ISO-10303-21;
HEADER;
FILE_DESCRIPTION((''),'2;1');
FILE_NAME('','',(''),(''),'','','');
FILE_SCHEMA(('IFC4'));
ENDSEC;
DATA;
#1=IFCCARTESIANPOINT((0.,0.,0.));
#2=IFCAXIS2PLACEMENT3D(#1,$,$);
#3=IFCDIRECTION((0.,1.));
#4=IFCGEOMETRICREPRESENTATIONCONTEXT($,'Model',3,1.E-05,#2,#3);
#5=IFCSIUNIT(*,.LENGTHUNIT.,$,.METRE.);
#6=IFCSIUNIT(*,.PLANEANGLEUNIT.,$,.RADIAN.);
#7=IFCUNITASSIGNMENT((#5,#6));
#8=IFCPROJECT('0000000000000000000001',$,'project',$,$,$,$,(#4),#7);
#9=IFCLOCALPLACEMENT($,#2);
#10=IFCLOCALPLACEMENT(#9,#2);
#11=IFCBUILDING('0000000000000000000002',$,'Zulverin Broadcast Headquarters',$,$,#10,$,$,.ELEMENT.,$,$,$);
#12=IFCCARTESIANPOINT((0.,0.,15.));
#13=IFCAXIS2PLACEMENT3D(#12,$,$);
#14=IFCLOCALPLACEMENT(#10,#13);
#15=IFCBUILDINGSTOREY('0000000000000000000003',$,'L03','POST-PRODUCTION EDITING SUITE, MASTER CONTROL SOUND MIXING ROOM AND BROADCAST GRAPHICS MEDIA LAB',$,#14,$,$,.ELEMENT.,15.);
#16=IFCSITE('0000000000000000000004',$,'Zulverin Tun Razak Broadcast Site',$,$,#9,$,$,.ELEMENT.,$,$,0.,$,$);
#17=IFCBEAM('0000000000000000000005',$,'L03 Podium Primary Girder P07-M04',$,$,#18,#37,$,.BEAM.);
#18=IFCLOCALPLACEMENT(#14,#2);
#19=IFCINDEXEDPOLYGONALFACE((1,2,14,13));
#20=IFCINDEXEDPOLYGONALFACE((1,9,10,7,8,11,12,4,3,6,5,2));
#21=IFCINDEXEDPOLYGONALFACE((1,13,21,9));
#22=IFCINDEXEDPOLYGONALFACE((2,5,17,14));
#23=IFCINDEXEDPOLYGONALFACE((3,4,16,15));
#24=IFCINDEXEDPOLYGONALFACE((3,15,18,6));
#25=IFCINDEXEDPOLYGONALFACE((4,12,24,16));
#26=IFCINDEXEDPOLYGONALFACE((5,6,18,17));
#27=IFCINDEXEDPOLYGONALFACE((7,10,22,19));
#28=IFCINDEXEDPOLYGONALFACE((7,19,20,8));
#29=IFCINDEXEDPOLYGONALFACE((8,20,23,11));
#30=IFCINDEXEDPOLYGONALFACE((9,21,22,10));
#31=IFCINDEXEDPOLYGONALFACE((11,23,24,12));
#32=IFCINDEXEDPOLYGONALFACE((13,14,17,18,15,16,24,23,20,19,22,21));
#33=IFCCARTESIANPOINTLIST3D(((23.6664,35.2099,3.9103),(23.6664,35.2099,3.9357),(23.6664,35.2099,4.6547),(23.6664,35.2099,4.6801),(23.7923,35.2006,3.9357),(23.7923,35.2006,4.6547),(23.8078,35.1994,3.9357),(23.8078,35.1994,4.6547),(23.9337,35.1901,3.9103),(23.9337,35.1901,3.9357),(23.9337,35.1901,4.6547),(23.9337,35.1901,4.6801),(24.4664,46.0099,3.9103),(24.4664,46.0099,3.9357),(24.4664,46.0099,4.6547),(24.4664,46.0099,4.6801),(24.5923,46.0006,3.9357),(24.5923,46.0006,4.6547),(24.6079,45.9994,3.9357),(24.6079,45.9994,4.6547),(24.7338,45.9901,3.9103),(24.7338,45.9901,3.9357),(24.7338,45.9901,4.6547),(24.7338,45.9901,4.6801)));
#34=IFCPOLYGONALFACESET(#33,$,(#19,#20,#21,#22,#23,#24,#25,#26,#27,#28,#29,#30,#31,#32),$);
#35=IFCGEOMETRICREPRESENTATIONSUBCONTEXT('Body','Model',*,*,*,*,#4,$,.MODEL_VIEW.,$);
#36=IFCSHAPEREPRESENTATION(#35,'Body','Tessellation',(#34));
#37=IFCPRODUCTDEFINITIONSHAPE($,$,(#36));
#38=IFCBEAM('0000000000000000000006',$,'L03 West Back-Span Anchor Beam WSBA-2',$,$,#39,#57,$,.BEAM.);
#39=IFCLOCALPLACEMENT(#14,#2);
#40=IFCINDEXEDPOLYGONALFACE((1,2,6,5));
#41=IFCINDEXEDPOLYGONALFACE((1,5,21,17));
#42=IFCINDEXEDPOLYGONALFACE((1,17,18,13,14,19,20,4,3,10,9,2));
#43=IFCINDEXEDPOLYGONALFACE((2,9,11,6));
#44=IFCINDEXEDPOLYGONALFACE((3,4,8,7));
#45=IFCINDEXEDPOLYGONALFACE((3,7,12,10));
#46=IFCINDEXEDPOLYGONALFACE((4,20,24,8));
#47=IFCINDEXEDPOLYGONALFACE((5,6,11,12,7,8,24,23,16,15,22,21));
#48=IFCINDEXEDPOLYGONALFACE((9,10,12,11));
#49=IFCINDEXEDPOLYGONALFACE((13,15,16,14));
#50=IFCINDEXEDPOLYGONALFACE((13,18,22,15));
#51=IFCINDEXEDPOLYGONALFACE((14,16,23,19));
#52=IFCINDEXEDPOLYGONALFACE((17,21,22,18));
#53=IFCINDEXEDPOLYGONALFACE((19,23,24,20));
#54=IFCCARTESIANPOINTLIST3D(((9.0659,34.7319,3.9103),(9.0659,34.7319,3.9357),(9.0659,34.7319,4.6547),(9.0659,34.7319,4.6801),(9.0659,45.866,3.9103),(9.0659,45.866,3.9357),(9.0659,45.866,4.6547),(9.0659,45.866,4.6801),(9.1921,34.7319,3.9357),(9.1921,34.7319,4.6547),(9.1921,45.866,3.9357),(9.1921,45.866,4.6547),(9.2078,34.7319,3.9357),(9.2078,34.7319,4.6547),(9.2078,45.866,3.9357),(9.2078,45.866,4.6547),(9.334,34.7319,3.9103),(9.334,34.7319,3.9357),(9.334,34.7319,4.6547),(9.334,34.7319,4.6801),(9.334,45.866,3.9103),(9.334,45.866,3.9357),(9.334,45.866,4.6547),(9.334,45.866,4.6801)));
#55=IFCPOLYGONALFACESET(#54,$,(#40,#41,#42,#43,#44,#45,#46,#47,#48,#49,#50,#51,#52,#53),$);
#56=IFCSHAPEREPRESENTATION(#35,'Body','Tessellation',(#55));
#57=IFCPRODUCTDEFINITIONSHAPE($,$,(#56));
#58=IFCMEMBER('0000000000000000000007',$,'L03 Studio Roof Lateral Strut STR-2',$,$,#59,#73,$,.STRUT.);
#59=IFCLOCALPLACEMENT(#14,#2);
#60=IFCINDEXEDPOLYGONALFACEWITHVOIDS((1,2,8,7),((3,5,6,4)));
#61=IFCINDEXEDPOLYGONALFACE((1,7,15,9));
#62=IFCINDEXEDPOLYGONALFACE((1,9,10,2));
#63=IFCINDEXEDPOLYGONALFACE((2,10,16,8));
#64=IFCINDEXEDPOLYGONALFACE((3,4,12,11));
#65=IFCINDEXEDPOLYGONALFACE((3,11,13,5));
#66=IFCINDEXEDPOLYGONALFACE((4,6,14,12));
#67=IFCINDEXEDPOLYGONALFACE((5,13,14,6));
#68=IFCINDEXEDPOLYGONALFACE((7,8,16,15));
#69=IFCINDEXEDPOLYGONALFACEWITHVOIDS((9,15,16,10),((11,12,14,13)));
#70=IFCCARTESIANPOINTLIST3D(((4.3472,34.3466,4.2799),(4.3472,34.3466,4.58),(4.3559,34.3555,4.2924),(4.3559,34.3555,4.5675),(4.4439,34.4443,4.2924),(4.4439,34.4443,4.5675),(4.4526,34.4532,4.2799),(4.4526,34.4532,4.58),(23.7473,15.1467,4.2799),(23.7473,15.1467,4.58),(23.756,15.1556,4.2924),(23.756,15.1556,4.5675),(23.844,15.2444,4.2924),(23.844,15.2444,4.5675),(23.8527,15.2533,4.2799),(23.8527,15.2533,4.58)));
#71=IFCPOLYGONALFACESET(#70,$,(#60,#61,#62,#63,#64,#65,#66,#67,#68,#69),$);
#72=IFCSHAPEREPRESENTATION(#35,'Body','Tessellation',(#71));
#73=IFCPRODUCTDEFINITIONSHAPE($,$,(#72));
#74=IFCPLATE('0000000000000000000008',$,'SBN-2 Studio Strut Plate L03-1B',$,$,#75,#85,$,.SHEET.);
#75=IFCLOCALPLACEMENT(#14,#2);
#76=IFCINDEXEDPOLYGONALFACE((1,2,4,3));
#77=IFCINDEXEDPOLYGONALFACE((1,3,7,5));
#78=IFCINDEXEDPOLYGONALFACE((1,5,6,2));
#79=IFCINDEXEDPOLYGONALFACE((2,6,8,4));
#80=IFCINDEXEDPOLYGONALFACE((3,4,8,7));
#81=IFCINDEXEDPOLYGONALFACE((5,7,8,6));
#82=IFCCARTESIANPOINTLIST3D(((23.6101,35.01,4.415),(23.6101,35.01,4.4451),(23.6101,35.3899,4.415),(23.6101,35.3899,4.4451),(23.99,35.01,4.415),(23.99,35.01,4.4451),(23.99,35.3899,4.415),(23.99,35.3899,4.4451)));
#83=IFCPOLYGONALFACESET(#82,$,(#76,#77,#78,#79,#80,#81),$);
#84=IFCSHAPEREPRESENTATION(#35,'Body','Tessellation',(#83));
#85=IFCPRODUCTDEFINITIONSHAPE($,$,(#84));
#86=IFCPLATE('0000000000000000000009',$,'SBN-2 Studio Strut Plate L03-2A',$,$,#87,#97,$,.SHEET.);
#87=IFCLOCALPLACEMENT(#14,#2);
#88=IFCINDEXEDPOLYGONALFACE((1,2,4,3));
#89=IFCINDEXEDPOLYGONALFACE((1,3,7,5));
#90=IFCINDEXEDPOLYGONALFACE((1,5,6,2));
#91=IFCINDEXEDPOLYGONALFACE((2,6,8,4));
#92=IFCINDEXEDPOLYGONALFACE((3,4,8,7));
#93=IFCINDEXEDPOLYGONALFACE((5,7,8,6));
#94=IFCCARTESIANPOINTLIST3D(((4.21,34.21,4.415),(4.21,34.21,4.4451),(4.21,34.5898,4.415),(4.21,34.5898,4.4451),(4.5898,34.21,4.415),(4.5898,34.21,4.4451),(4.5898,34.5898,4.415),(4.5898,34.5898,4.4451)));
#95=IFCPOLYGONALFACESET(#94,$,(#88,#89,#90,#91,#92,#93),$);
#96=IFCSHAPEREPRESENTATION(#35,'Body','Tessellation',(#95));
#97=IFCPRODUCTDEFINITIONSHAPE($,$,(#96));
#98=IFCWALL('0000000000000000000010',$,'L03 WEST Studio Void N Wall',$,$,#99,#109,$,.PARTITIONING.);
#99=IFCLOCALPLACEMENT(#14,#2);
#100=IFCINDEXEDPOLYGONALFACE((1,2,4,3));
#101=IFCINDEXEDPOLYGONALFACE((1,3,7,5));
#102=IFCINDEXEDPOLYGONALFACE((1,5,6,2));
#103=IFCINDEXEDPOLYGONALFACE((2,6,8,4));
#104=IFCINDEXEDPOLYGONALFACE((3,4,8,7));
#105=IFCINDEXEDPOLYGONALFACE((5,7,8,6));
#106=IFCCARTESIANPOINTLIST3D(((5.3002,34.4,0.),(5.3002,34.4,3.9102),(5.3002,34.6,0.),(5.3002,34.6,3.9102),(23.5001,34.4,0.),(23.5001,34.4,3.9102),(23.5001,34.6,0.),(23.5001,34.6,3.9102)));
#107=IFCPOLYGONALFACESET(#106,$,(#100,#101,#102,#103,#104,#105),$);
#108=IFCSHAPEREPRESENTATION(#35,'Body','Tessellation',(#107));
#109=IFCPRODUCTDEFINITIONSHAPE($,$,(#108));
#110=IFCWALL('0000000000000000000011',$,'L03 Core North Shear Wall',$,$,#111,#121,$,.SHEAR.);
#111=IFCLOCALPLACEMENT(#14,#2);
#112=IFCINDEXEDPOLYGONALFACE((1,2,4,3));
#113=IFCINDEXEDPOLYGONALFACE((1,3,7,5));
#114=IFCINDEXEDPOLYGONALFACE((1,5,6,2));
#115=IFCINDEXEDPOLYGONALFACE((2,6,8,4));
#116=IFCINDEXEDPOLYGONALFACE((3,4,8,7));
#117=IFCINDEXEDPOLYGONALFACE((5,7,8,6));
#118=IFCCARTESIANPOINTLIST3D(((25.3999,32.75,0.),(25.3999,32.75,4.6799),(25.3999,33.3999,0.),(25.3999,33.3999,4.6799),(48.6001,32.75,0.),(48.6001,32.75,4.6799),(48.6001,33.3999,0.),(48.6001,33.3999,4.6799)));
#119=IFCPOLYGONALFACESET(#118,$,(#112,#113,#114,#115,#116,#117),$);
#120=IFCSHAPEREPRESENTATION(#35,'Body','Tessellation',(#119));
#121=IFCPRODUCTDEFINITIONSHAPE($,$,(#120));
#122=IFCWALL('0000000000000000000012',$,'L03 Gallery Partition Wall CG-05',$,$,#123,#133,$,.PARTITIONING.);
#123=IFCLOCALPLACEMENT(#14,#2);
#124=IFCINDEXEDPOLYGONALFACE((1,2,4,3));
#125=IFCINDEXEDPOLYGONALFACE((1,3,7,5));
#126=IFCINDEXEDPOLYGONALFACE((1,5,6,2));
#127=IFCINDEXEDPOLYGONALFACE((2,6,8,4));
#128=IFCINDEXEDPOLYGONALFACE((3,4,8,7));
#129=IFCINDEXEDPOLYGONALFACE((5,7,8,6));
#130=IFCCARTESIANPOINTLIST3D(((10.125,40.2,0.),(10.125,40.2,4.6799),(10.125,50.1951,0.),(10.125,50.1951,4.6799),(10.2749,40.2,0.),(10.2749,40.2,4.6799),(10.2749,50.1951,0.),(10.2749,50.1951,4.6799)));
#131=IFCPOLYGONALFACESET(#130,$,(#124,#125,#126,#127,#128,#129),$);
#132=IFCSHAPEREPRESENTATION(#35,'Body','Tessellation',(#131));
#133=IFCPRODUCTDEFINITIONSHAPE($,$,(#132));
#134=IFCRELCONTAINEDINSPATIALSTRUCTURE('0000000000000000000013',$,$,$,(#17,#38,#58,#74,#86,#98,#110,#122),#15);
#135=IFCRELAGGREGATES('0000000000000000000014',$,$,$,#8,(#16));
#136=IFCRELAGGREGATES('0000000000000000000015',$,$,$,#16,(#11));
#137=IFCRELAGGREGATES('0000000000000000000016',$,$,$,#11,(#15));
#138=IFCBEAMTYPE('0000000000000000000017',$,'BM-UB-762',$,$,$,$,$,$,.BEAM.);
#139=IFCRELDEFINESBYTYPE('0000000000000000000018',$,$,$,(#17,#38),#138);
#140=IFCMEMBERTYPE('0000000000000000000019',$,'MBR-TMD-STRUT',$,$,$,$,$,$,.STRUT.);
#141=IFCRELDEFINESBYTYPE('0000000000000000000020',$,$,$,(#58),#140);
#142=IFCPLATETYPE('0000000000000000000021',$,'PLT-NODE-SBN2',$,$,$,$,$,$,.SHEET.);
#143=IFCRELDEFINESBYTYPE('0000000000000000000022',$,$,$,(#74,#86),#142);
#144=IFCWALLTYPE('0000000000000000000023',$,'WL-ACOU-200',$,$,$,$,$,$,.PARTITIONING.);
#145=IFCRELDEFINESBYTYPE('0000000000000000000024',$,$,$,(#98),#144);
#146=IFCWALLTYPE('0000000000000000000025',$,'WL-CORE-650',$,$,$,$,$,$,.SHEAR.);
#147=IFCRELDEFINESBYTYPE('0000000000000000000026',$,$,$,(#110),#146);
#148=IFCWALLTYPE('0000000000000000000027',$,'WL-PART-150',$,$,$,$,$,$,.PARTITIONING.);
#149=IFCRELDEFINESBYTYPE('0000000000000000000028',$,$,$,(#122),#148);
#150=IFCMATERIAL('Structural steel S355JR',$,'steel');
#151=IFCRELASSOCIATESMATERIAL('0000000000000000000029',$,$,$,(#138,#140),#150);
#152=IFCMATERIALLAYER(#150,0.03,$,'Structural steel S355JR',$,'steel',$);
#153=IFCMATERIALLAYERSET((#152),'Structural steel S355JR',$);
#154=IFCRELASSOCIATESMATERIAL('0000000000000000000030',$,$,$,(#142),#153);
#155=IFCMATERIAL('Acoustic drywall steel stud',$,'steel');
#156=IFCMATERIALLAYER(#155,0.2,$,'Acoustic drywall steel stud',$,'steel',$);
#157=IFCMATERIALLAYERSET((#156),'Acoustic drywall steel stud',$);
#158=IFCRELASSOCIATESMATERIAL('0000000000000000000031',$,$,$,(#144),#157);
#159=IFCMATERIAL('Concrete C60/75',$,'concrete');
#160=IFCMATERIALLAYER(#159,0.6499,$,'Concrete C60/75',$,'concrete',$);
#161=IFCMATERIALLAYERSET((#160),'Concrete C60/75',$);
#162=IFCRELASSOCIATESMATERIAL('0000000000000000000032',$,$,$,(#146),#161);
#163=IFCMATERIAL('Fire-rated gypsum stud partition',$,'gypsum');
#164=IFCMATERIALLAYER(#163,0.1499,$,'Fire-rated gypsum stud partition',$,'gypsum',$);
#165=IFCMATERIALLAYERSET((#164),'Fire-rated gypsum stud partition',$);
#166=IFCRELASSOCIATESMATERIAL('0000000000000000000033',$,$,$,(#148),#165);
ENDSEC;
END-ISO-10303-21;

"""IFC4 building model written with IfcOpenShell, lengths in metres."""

from ifc_helpers import new_model, si_unit, direction, frame, frame_2d, origin, origin_2d, place, context, subcontext, project, spatial, rectangle, hollow_rectangle, i_section, extrude, material, layer, layer_set, material_profile, profile_set, type_object, element, save


model = new_model("IFC4")

# Units and contexts
model_context = context("Model", 3, precision=1e-05, world=origin(), true_north=direction((0.0, 1.0)))
body_context = subcontext(model_context, "Body", "Model", "MODEL_VIEW")
ifc_project = project(units=[si_unit("LENGTHUNIT", "METRE"), si_unit("PLANEANGLEUNIT", "RADIAN")], contexts=[model_context])

# Site, building, storey
site_placement = place(None, origin())
site = spatial("IfcSite", under=ifc_project, at=site_placement, Name="Zulverin Tun Razak Broadcast Site", CompositionType="ELEMENT", RefElevation=0.0)
building_placement = place(site_placement, origin())
building = spatial("IfcBuilding", under=site, at=building_placement, Name="Zulverin Broadcast Headquarters", CompositionType="ELEMENT")
storey_placement = place(building_placement, frame((0.0, 0.0, 15.0)))
storey = spatial("IfcBuildingStorey", under=building, at=storey_placement, Name="L03", Description="POST-PRODUCTION EDITING SUITE, MASTER CONTROL SOUND MIXING ROOM AND BROADCAST GRAPHICS MEDIA LAB", CompositionType="ELEMENT", Elevation=15.0)

# Shared definitions
ifc_material_1 = material(Name="Concrete C60/75", Category="concrete")

# Beams
ifc_material_2 = material(Name="Structural steel S355JR", Category="steel")
ifc_material_profile_1 = material_profile(ifc_material_2, i_section(OverallWidth=0.2681, OverallDepth=0.7698, WebThickness=0.0156, FlangeThickness=0.0254, at=origin_2d()), Name="Structural steel S355JR", Category="steel")
ifc_profile_set_1 = profile_set([ifc_material_profile_1], Name="Structural steel S355JR")
beam_type_1 = type_object("IfcBeamType", Name="BM-UB-762", PredefinedType="BEAM", material=ifc_profile_set_1)
beam_1_placement = place(storey_placement, frame((24.6001, 46.0, 4.2952), z_axis=(-0.073876, -0.997267, 0.0), x_axis=(0.997267, -0.073876, 0.0)))
element("IfcBeam", 1, at=beam_1_placement, inside=storey, type_object=beam_type_1, Name="L03 Podium Primary Girder P07-M04", PredefinedType="BEAM", context=body_context, shape_type="SweptSolid", body=[
    extrude(i_section(OverallWidth=0.2681, OverallDepth=0.7698, WebThickness=0.0156, FlangeThickness=0.0254, at=origin_2d()), origin(), (0.0, 0.0, 1.0), 10.8296),
])
beam_2_placement = place(storey_placement, frame((9.2, 34.7319, 4.2952), z_axis=(0.0, 1.0, 0.0), x_axis=(-1.0, 0.0, 0.0)))
element("IfcBeam", 2, at=beam_2_placement, inside=storey, type_object=beam_type_1, Name="L03 West Back-Span Anchor Beam WSBA-2", PredefinedType="BEAM", context=body_context, shape_type="SweptSolid", body=[
    extrude(i_section(OverallWidth=0.2681, OverallDepth=0.7698, WebThickness=0.0156, FlangeThickness=0.0254, at=origin_2d()), origin(), (0.0, 0.0, 1.0), 11.134),
])

# Member
ifc_material_profile_2 = material_profile(ifc_material_2, hollow_rectangle(XDim=0.1499, YDim=0.3, WallThickness=0.0125, at=origin_2d()), Name="Structural steel S355JR", Category="steel")
ifc_profile_set_2 = profile_set([ifc_material_profile_2], Name="Structural steel S355JR")
member_type = type_object("IfcMemberType", Name="MBR-TMD-STRUT", PredefinedType="STRUT", material=ifc_profile_set_2)
member_placement = place(storey_placement, frame((4.3999, 34.3999, 4.4299), z_axis=(0.710765, -0.70343, 0.0), x_axis=(0.70343, 0.710765, 0.0)))
element("IfcMember", 3, at=member_placement, inside=storey, type_object=member_type, Name="L03 Studio Roof Lateral Strut STR-2", PredefinedType="STRUT", context=body_context, shape_type="SweptSolid", body=[
    extrude(hollow_rectangle(XDim=0.1499, YDim=0.3, WallThickness=0.0125, at=origin_2d()), origin(), (0.0, 0.0, 1.0), 27.2947),
])

# Plates
ifc_layer_1 = layer(ifc_material_2, 0.03, Name="Structural steel S355JR", Category="steel")
ifc_layer_set_1 = layer_set([ifc_layer_1], Name="Structural steel S355JR")
plate_type = type_object("IfcPlateType", Name="PLT-NODE-SBN2", PredefinedType="SHEET", material=ifc_layer_set_1)
for number, where, z_axis, x_axis, name in (
    (4, (23.8, 35.2, 4.415), (0.0, 0.0, 1.0), (1.0, 0.0, 0.0), "SBN-2 Studio Strut Plate L03-1B"),
    (5, (4.3999, 34.3999, 4.415), (0.0, 0.0, 1.0), (1.0, 0.0, 0.0), "SBN-2 Studio Strut Plate L03-2A"),
):
    element("IfcPlate", number, at=place(storey_placement, frame(where, z_axis=z_axis, x_axis=x_axis)), inside=storey, type_object=plate_type, Name=name, PredefinedType="SHEET", context=body_context, shape_type="SweptSolid", body=[
        extrude(rectangle(XDim=0.3799, YDim=0.3799, at=origin_2d()), origin(), (0.0, 0.0, 1.0), 0.03),
    ])

# Walls
ifc_material_3 = material(Name="Acoustic drywall steel stud", Category="steel")
ifc_layer_2 = layer(ifc_material_3, 0.2, Name="Acoustic drywall steel stud", Category="steel")
ifc_layer_set_2 = layer_set([ifc_layer_2], Name="Acoustic drywall steel stud")
wall_type_1 = type_object("IfcWallType", Name="WL-ACOU-200", PredefinedType="PARTITIONING", material=ifc_layer_set_2)
wall_1_placement = place(storey_placement, frame((5.3, 34.5, 0.0), z_axis=(0.0, 0.0, 1.0), x_axis=(1.0, 0.0, 0.0)))
element("IfcWall", 6, at=wall_1_placement, inside=storey, type_object=wall_type_1, Name="L03 WEST Studio Void N Wall", PredefinedType="PARTITIONING", context=body_context, shape_type="SweptSolid", body=[
    extrude(rectangle(XDim=18.2, YDim=0.2, at=frame_2d((9.1001, 0.0))), origin(), (0.0, 0.0, 1.0), 3.9102),
])
ifc_layer_3 = layer(ifc_material_1, 0.6499, Name="Concrete C60/75", Category="concrete")
ifc_layer_set_3 = layer_set([ifc_layer_3], Name="Concrete C60/75")
wall_type_2 = type_object("IfcWallType", Name="WL-CORE-650", PredefinedType="SHEAR", material=ifc_layer_set_3)
wall_2_placement = place(storey_placement, frame((25.3999, 33.075, 0.0), z_axis=(0.0, 0.0, 1.0), x_axis=(1.0, 0.0, 0.0)))
element("IfcWall", 7, at=wall_2_placement, inside=storey, type_object=wall_type_2, Name="L03 Core North Shear Wall", PredefinedType="SHEAR", context=body_context, shape_type="SweptSolid", body=[
    extrude(rectangle(XDim=23.2002, YDim=0.6499, at=frame_2d((11.6001, 0.0))), origin(), (0.0, 0.0, 1.0), 4.6799),
])
ifc_material_4 = material(Name="Fire-rated gypsum stud partition", Category="gypsum")
ifc_layer_4 = layer(ifc_material_4, 0.1499, Name="Fire-rated gypsum stud partition", Category="gypsum")
ifc_layer_set_4 = layer_set([ifc_layer_4], Name="Fire-rated gypsum stud partition")
wall_type_3 = type_object("IfcWallType", Name="WL-PART-150", PredefinedType="PARTITIONING", material=ifc_layer_set_4)
wall_3_placement = place(storey_placement, frame((10.2, 40.2, 0.0), z_axis=(0.0, 0.0, 1.0), x_axis=(0.0, 1.0, 0.0)))
element("IfcWall", 8, at=wall_3_placement, inside=storey, type_object=wall_type_3, Name="L03 Gallery Partition Wall CG-05", PredefinedType="PARTITIONING", context=body_context, shape_type="SweptSolid", body=[
    extrude(rectangle(XDim=9.9951, YDim=0.1499, at=frame_2d((4.9976, 0.0))), origin(), (0.0, 0.0, 1.0), 4.6799),
])

save(model, "model.ifc")
